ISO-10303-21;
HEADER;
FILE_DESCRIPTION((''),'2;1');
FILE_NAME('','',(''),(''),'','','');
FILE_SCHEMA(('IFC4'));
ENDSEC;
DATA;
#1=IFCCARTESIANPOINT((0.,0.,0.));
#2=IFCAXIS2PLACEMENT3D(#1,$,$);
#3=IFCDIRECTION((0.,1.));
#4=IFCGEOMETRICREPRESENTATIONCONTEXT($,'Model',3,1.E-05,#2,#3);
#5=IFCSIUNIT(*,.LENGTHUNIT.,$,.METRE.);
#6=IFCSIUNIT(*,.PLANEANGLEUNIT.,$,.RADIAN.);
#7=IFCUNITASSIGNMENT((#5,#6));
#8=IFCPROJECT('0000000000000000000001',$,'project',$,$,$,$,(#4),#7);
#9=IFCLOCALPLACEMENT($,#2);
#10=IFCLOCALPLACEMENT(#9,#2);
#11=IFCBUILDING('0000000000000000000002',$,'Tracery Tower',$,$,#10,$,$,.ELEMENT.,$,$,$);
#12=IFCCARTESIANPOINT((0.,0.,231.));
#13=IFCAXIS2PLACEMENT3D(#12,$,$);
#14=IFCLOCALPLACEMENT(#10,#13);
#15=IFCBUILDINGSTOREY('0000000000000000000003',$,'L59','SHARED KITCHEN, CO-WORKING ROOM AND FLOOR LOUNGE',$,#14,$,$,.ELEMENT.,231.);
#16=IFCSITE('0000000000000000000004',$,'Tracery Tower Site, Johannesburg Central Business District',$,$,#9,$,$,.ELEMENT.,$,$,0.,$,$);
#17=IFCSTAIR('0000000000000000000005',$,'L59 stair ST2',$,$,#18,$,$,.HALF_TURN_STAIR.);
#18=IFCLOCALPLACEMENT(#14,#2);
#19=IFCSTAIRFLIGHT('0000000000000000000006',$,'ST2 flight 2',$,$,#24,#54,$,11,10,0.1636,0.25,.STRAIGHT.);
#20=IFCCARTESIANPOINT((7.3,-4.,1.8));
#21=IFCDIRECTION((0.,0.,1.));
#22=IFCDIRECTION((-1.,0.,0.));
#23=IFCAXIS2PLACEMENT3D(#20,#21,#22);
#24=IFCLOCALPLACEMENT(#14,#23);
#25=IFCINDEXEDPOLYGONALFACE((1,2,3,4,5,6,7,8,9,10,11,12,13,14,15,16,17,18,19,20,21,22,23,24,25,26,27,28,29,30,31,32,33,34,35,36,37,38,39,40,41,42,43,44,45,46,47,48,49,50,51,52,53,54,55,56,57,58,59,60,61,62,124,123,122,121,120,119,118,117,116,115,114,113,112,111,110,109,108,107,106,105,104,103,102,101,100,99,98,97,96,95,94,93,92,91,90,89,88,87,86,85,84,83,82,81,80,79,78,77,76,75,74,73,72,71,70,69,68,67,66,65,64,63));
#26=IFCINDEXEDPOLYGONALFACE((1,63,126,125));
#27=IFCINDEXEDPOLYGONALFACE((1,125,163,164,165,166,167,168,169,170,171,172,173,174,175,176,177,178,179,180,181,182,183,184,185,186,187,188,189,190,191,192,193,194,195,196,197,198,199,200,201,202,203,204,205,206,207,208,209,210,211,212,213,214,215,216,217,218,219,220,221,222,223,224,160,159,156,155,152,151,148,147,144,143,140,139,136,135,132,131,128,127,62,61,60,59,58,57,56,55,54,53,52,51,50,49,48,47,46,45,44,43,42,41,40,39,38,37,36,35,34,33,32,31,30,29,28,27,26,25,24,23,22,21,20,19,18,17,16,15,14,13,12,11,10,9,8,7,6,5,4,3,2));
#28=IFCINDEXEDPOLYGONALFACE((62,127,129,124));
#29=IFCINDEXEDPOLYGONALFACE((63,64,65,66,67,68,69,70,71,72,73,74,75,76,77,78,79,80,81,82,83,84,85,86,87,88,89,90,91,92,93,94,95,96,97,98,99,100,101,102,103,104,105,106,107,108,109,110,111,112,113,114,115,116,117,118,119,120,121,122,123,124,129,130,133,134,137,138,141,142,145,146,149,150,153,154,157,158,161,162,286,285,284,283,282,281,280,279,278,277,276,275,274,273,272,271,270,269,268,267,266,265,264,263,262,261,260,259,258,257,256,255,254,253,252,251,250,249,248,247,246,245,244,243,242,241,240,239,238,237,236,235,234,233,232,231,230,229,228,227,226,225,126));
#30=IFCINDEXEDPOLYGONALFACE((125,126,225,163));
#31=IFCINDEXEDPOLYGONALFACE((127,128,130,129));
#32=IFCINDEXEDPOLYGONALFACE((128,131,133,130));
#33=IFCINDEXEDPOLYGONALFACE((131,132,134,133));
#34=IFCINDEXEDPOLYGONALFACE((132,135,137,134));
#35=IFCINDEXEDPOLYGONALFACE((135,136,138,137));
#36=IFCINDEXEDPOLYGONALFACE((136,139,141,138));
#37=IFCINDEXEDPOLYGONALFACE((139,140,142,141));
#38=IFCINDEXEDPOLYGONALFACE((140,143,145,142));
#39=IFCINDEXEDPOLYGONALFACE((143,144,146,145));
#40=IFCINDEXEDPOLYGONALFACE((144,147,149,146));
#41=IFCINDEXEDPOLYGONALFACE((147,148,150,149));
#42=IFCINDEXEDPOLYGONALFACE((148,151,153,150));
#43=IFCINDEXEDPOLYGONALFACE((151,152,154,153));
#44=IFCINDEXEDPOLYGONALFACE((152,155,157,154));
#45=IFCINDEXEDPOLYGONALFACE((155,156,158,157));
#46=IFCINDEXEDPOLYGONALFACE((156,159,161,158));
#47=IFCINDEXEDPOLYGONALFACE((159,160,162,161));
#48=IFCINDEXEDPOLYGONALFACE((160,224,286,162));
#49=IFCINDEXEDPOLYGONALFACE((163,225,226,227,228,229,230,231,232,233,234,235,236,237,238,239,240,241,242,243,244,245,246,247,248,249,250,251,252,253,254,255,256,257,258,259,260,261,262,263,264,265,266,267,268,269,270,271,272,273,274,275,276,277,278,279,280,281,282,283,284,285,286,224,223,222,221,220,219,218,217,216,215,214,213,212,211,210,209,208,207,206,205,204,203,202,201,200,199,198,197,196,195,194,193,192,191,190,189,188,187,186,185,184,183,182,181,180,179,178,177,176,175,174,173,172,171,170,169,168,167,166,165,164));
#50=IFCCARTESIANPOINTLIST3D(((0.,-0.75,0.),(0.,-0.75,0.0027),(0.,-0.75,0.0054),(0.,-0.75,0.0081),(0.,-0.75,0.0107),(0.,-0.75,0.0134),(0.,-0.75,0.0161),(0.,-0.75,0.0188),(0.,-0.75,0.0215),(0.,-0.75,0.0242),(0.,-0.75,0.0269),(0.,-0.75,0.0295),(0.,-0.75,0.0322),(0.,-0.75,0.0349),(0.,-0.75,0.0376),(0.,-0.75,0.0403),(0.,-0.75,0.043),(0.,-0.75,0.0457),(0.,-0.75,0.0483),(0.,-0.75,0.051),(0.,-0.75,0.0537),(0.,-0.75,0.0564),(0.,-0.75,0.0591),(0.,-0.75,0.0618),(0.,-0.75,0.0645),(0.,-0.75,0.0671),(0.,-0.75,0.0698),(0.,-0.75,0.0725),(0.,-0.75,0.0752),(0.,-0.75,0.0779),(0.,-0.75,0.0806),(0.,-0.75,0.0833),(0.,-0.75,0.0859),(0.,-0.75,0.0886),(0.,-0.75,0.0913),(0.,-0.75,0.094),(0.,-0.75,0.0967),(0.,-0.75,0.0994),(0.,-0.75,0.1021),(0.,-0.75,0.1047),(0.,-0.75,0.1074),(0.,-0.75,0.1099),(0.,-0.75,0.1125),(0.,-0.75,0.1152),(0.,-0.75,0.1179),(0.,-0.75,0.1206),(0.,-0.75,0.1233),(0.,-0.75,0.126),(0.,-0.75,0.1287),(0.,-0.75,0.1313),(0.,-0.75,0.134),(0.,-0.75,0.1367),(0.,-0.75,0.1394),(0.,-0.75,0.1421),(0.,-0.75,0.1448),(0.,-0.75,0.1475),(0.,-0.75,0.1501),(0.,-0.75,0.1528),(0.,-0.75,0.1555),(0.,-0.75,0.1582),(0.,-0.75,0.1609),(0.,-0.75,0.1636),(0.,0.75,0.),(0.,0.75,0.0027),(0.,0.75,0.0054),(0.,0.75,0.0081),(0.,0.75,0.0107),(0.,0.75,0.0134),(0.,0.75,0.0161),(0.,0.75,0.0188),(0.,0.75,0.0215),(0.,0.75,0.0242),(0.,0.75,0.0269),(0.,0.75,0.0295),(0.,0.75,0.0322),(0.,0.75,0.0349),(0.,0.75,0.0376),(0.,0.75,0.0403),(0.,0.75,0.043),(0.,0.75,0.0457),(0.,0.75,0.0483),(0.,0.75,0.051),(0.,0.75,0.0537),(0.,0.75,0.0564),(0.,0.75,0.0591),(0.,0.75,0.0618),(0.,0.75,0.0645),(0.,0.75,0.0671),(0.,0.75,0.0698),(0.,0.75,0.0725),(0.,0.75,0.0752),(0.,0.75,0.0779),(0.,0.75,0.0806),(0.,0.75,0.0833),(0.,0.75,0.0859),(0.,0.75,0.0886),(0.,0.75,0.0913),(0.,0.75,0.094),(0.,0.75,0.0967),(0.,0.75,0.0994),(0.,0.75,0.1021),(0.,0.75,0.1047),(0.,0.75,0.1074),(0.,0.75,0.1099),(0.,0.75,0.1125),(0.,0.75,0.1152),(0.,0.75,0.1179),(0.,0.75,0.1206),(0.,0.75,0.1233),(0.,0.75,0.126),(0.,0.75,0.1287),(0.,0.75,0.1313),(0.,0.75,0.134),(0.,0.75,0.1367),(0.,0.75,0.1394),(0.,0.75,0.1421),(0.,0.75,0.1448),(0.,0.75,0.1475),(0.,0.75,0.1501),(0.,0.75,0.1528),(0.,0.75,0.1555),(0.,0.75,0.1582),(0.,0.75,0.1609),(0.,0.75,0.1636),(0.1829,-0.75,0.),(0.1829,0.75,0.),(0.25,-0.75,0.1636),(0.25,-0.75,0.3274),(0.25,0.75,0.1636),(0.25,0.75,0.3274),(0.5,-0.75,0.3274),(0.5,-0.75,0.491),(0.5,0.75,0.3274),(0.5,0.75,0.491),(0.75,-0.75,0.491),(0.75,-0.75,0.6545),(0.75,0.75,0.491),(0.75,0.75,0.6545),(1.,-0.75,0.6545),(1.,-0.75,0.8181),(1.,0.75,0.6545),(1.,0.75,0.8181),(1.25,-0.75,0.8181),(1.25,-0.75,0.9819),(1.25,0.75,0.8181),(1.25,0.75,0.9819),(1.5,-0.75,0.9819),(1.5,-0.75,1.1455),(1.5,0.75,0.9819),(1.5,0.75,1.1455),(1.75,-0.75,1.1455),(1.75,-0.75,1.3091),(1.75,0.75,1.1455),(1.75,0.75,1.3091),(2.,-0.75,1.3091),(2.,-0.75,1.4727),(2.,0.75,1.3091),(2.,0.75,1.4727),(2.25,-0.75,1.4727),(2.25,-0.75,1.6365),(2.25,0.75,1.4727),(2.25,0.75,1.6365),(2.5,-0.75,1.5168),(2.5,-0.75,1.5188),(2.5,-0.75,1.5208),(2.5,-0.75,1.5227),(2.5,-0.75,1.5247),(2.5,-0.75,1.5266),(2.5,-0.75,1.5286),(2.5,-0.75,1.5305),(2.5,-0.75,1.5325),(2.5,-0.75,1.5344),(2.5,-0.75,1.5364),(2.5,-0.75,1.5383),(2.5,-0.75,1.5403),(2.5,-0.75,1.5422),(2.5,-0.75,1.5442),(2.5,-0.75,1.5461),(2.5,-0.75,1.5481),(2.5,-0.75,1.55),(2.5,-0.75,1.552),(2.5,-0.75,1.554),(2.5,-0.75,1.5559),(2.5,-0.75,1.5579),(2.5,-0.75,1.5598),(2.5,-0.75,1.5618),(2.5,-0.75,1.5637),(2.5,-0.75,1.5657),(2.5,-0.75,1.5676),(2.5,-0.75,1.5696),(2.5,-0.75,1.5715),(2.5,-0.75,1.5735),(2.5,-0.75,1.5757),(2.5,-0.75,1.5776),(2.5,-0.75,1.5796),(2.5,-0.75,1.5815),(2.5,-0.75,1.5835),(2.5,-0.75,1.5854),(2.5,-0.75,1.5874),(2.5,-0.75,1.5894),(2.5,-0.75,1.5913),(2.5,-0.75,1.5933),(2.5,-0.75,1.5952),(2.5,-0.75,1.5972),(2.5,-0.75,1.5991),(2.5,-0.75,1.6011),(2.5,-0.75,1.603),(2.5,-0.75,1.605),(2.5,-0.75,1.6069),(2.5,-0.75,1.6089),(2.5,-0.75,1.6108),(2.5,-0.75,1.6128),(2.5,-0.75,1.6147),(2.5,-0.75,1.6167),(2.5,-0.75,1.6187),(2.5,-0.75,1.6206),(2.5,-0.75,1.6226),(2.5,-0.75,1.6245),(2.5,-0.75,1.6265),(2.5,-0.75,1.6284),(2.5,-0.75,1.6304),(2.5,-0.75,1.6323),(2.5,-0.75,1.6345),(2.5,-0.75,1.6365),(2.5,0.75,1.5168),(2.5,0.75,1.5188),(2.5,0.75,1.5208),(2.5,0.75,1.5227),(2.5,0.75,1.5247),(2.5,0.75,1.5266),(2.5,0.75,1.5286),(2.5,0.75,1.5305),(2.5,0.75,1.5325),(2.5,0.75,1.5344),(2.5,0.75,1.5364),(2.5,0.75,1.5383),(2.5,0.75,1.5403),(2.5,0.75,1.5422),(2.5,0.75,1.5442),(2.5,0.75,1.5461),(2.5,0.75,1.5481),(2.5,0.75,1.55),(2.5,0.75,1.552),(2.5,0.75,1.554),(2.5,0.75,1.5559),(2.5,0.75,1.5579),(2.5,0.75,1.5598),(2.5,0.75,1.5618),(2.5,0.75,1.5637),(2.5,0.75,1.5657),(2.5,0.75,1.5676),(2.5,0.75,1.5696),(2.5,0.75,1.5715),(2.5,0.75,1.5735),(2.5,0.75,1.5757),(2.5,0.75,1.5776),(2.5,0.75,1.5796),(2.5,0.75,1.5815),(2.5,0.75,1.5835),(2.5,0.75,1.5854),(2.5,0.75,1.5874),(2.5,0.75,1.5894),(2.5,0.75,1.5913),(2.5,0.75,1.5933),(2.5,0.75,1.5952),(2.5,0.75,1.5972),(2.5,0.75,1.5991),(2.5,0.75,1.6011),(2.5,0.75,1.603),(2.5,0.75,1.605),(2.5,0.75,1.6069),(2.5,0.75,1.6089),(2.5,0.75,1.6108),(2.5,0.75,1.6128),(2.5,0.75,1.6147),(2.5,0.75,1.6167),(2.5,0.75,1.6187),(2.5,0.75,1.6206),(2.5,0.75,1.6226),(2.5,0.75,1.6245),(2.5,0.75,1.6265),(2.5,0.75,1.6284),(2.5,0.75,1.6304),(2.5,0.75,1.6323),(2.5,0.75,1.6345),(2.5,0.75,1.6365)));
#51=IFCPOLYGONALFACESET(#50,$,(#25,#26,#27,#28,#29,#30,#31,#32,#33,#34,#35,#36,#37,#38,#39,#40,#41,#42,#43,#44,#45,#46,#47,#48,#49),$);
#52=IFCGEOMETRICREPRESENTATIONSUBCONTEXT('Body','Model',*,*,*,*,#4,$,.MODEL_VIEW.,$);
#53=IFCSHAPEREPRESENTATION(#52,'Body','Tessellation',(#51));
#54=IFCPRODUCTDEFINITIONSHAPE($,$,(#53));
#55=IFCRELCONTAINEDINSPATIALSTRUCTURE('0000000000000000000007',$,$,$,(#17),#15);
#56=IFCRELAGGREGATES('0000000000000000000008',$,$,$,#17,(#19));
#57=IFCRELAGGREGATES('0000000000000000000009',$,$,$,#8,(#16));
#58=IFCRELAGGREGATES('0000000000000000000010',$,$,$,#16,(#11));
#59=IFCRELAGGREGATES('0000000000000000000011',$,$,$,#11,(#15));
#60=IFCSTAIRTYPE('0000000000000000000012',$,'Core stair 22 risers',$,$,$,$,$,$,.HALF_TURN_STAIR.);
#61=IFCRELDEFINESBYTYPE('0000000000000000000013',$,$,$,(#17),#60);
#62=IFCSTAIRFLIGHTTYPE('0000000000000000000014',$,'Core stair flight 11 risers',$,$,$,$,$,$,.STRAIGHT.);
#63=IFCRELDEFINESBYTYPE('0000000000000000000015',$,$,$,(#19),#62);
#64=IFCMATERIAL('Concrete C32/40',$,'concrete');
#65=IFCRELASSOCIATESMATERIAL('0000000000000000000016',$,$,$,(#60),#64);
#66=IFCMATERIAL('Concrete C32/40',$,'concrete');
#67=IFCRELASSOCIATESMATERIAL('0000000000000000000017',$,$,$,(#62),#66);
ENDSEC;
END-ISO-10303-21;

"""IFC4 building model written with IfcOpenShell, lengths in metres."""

from ifc_helpers import new_model, si_unit, direction, frame, origin, place, context, subcontext, project, spatial, polyline, outline, extrude, material, type_object, element, aggregate, save


model = new_model("IFC4")

# Units and contexts
model_context = context("Model", 3, precision=1e-05, world=origin(), true_north=direction((0.0, 1.0)))
body_context = subcontext(model_context, "Body", "Model", "MODEL_VIEW")
ifc_project = project(units=[si_unit("LENGTHUNIT", "METRE"), si_unit("PLANEANGLEUNIT", "RADIAN")], contexts=[model_context])

# Site, building, storey
site_placement = place(None, origin())
site = spatial("IfcSite", under=ifc_project, at=site_placement, Name="Tracery Tower Site, Johannesburg Central Business District", CompositionType="ELEMENT", RefElevation=0.0)
building_placement = place(site_placement, origin())
building = spatial("IfcBuilding", under=site, at=building_placement, Name="Tracery Tower", CompositionType="ELEMENT")
storey_placement = place(building_placement, frame((0.0, 0.0, 231.0)))
storey = spatial("IfcBuildingStorey", under=building, at=storey_placement, Name="L59", Description="SHARED KITCHEN, CO-WORKING ROOM AND FLOOR LOUNGE", CompositionType="ELEMENT", Elevation=231.0)

# Stair, stair flight
ifc_material_1 = material(Name="Concrete C32/40", Category="concrete")
stair_type = type_object("IfcStairType", Name="Core stair 22 risers", PredefinedType="HALF_TURN_STAIR", material=ifc_material_1)
stair_placement = place(storey_placement, origin())
stair = element("IfcStair", 1, at=stair_placement, inside=storey, type_object=stair_type, Name="L59 stair ST2", PredefinedType="HALF_TURN_STAIR")
ifc_material_2 = material(Name="Concrete C32/40", Category="concrete")
stair_flight_type = type_object("IfcStairFlightType", Name="Core stair flight 11 risers", PredefinedType="STRAIGHT", material=ifc_material_2)
stair_flight_placement = place(storey_placement, frame((7.3, -4.0, 1.8), z_axis=(0.0, 0.0, 1.0), x_axis=(-1.0, 0.0, 0.0)))
stair_flight = element("IfcStairFlight", 2, at=stair_flight_placement, type_object=stair_flight_type, Name="ST2 flight 2", NumberOfRisers=11, NumberOfTreads=10, PredefinedType="STRAIGHT", RiserHeight=0.1636, TreadLength=0.25, context=body_context, shape_type="SweptSolid", body=[
    extrude(outline(polyline([(0.0, 0.0), (0.0, 0.0027), (0.0, 0.0054), (0.0, 0.0081), (0.0, 0.0107), (0.0, 0.0134), (0.0, 0.0161), (0.0, 0.0188), (0.0, 0.0215), (0.0, 0.0242), (0.0, 0.0269), (0.0, 0.0295), (0.0, 0.0322), (0.0, 0.0349), (0.0, 0.0376), (0.0, 0.0403), (0.0, 0.043), (0.0, 0.0457), (0.0, 0.0483), (0.0, 0.051), (0.0, 0.0537), (0.0, 0.0564), (0.0, 0.0591), (0.0, 0.0618), (0.0, 0.0645), (0.0, 0.0671), (0.0, 0.0698), (0.0, 0.0725), (0.0, 0.0752), (0.0, 0.0779), (0.0, 0.0806), (0.0, 0.0833), (0.0, 0.0859), (0.0, 0.0886), (0.0, 0.0913), (0.0, 0.094), (0.0, 0.0967), (0.0, 0.0994), (0.0, 0.1021), (0.0, 0.1047), (0.0, 0.1074), (0.0, 0.1099), (0.0, 0.1125), (0.0, 0.1152), (0.0, 0.1179), (0.0, 0.1206), (0.0, 0.1233), (0.0, 0.126), (0.0, 0.1287), (0.0, 0.1313), (0.0, 0.134), (0.0, 0.1367), (0.0, 0.1394), (0.0, 0.1421), (0.0, 0.1448), (0.0, 0.1475), (0.0, 0.1501), (0.0, 0.1528), (0.0, 0.1555), (0.0, 0.1582), (0.0, 0.1609), (0.0, 0.1636), (0.25, 0.1636), (0.25, 0.3274), (0.5, 0.3274), (0.5, 0.491), (0.75, 0.491), (0.75, 0.6545), (1.0, 0.6545), (1.0, 0.8181), (1.25, 0.8181), (1.25, 0.9819), (1.5, 0.9819), (1.5, 1.1455), (1.75, 1.1455), (1.75, 1.3091), (2.0, 1.3091), (2.0, 1.4727), (2.25, 1.4727), (2.25, 1.6365), (2.5, 1.6365), (2.5, 1.6345), (2.5, 1.6323), (2.5, 1.6304), (2.5, 1.6284), (2.5, 1.6265), (2.5, 1.6245), (2.5, 1.6226), (2.5, 1.6206), (2.5, 1.6187), (2.5, 1.6167), (2.5, 1.6147), (2.5, 1.6128), (2.5, 1.6108), (2.5, 1.6089), (2.5, 1.6069), (2.5, 1.605), (2.5, 1.603), (2.5, 1.6011), (2.5, 1.5991), (2.5, 1.5972), (2.5, 1.5952), (2.5, 1.5933), (2.5, 1.5913), (2.5, 1.5894), (2.5, 1.5874), (2.5, 1.5854), (2.5, 1.5835), (2.5, 1.5815), (2.5, 1.5796), (2.5, 1.5776), (2.5, 1.5757), (2.5, 1.5735), (2.5, 1.5715), (2.5, 1.5696), (2.5, 1.5676), (2.5, 1.5657), (2.5, 1.5637), (2.5, 1.5618), (2.5, 1.5598), (2.5, 1.5579), (2.5, 1.5559), (2.5, 1.554), (2.5, 1.552), (2.5, 1.55), (2.5, 1.5481), (2.5, 1.5461), (2.5, 1.5442), (2.5, 1.5422), (2.5, 1.5403), (2.5, 1.5383), (2.5, 1.5364), (2.5, 1.5344), (2.5, 1.5325), (2.5, 1.5305), (2.5, 1.5286), (2.5, 1.5266), (2.5, 1.5247), (2.5, 1.5227), (2.5, 1.5208), (2.5, 1.5188), (2.5, 1.5168), (0.1829, 0.0), (0.0, 0.0)])), frame((0.0, 0.75, 0.0), z_axis=(0.0, -1.0, 0.0), x_axis=(1.0, 0.0, 0.0)), (0.0, 0.0, 1.0), 1.5),
])
aggregate(stair, [stair_flight])

save(model, "model.ifc")
